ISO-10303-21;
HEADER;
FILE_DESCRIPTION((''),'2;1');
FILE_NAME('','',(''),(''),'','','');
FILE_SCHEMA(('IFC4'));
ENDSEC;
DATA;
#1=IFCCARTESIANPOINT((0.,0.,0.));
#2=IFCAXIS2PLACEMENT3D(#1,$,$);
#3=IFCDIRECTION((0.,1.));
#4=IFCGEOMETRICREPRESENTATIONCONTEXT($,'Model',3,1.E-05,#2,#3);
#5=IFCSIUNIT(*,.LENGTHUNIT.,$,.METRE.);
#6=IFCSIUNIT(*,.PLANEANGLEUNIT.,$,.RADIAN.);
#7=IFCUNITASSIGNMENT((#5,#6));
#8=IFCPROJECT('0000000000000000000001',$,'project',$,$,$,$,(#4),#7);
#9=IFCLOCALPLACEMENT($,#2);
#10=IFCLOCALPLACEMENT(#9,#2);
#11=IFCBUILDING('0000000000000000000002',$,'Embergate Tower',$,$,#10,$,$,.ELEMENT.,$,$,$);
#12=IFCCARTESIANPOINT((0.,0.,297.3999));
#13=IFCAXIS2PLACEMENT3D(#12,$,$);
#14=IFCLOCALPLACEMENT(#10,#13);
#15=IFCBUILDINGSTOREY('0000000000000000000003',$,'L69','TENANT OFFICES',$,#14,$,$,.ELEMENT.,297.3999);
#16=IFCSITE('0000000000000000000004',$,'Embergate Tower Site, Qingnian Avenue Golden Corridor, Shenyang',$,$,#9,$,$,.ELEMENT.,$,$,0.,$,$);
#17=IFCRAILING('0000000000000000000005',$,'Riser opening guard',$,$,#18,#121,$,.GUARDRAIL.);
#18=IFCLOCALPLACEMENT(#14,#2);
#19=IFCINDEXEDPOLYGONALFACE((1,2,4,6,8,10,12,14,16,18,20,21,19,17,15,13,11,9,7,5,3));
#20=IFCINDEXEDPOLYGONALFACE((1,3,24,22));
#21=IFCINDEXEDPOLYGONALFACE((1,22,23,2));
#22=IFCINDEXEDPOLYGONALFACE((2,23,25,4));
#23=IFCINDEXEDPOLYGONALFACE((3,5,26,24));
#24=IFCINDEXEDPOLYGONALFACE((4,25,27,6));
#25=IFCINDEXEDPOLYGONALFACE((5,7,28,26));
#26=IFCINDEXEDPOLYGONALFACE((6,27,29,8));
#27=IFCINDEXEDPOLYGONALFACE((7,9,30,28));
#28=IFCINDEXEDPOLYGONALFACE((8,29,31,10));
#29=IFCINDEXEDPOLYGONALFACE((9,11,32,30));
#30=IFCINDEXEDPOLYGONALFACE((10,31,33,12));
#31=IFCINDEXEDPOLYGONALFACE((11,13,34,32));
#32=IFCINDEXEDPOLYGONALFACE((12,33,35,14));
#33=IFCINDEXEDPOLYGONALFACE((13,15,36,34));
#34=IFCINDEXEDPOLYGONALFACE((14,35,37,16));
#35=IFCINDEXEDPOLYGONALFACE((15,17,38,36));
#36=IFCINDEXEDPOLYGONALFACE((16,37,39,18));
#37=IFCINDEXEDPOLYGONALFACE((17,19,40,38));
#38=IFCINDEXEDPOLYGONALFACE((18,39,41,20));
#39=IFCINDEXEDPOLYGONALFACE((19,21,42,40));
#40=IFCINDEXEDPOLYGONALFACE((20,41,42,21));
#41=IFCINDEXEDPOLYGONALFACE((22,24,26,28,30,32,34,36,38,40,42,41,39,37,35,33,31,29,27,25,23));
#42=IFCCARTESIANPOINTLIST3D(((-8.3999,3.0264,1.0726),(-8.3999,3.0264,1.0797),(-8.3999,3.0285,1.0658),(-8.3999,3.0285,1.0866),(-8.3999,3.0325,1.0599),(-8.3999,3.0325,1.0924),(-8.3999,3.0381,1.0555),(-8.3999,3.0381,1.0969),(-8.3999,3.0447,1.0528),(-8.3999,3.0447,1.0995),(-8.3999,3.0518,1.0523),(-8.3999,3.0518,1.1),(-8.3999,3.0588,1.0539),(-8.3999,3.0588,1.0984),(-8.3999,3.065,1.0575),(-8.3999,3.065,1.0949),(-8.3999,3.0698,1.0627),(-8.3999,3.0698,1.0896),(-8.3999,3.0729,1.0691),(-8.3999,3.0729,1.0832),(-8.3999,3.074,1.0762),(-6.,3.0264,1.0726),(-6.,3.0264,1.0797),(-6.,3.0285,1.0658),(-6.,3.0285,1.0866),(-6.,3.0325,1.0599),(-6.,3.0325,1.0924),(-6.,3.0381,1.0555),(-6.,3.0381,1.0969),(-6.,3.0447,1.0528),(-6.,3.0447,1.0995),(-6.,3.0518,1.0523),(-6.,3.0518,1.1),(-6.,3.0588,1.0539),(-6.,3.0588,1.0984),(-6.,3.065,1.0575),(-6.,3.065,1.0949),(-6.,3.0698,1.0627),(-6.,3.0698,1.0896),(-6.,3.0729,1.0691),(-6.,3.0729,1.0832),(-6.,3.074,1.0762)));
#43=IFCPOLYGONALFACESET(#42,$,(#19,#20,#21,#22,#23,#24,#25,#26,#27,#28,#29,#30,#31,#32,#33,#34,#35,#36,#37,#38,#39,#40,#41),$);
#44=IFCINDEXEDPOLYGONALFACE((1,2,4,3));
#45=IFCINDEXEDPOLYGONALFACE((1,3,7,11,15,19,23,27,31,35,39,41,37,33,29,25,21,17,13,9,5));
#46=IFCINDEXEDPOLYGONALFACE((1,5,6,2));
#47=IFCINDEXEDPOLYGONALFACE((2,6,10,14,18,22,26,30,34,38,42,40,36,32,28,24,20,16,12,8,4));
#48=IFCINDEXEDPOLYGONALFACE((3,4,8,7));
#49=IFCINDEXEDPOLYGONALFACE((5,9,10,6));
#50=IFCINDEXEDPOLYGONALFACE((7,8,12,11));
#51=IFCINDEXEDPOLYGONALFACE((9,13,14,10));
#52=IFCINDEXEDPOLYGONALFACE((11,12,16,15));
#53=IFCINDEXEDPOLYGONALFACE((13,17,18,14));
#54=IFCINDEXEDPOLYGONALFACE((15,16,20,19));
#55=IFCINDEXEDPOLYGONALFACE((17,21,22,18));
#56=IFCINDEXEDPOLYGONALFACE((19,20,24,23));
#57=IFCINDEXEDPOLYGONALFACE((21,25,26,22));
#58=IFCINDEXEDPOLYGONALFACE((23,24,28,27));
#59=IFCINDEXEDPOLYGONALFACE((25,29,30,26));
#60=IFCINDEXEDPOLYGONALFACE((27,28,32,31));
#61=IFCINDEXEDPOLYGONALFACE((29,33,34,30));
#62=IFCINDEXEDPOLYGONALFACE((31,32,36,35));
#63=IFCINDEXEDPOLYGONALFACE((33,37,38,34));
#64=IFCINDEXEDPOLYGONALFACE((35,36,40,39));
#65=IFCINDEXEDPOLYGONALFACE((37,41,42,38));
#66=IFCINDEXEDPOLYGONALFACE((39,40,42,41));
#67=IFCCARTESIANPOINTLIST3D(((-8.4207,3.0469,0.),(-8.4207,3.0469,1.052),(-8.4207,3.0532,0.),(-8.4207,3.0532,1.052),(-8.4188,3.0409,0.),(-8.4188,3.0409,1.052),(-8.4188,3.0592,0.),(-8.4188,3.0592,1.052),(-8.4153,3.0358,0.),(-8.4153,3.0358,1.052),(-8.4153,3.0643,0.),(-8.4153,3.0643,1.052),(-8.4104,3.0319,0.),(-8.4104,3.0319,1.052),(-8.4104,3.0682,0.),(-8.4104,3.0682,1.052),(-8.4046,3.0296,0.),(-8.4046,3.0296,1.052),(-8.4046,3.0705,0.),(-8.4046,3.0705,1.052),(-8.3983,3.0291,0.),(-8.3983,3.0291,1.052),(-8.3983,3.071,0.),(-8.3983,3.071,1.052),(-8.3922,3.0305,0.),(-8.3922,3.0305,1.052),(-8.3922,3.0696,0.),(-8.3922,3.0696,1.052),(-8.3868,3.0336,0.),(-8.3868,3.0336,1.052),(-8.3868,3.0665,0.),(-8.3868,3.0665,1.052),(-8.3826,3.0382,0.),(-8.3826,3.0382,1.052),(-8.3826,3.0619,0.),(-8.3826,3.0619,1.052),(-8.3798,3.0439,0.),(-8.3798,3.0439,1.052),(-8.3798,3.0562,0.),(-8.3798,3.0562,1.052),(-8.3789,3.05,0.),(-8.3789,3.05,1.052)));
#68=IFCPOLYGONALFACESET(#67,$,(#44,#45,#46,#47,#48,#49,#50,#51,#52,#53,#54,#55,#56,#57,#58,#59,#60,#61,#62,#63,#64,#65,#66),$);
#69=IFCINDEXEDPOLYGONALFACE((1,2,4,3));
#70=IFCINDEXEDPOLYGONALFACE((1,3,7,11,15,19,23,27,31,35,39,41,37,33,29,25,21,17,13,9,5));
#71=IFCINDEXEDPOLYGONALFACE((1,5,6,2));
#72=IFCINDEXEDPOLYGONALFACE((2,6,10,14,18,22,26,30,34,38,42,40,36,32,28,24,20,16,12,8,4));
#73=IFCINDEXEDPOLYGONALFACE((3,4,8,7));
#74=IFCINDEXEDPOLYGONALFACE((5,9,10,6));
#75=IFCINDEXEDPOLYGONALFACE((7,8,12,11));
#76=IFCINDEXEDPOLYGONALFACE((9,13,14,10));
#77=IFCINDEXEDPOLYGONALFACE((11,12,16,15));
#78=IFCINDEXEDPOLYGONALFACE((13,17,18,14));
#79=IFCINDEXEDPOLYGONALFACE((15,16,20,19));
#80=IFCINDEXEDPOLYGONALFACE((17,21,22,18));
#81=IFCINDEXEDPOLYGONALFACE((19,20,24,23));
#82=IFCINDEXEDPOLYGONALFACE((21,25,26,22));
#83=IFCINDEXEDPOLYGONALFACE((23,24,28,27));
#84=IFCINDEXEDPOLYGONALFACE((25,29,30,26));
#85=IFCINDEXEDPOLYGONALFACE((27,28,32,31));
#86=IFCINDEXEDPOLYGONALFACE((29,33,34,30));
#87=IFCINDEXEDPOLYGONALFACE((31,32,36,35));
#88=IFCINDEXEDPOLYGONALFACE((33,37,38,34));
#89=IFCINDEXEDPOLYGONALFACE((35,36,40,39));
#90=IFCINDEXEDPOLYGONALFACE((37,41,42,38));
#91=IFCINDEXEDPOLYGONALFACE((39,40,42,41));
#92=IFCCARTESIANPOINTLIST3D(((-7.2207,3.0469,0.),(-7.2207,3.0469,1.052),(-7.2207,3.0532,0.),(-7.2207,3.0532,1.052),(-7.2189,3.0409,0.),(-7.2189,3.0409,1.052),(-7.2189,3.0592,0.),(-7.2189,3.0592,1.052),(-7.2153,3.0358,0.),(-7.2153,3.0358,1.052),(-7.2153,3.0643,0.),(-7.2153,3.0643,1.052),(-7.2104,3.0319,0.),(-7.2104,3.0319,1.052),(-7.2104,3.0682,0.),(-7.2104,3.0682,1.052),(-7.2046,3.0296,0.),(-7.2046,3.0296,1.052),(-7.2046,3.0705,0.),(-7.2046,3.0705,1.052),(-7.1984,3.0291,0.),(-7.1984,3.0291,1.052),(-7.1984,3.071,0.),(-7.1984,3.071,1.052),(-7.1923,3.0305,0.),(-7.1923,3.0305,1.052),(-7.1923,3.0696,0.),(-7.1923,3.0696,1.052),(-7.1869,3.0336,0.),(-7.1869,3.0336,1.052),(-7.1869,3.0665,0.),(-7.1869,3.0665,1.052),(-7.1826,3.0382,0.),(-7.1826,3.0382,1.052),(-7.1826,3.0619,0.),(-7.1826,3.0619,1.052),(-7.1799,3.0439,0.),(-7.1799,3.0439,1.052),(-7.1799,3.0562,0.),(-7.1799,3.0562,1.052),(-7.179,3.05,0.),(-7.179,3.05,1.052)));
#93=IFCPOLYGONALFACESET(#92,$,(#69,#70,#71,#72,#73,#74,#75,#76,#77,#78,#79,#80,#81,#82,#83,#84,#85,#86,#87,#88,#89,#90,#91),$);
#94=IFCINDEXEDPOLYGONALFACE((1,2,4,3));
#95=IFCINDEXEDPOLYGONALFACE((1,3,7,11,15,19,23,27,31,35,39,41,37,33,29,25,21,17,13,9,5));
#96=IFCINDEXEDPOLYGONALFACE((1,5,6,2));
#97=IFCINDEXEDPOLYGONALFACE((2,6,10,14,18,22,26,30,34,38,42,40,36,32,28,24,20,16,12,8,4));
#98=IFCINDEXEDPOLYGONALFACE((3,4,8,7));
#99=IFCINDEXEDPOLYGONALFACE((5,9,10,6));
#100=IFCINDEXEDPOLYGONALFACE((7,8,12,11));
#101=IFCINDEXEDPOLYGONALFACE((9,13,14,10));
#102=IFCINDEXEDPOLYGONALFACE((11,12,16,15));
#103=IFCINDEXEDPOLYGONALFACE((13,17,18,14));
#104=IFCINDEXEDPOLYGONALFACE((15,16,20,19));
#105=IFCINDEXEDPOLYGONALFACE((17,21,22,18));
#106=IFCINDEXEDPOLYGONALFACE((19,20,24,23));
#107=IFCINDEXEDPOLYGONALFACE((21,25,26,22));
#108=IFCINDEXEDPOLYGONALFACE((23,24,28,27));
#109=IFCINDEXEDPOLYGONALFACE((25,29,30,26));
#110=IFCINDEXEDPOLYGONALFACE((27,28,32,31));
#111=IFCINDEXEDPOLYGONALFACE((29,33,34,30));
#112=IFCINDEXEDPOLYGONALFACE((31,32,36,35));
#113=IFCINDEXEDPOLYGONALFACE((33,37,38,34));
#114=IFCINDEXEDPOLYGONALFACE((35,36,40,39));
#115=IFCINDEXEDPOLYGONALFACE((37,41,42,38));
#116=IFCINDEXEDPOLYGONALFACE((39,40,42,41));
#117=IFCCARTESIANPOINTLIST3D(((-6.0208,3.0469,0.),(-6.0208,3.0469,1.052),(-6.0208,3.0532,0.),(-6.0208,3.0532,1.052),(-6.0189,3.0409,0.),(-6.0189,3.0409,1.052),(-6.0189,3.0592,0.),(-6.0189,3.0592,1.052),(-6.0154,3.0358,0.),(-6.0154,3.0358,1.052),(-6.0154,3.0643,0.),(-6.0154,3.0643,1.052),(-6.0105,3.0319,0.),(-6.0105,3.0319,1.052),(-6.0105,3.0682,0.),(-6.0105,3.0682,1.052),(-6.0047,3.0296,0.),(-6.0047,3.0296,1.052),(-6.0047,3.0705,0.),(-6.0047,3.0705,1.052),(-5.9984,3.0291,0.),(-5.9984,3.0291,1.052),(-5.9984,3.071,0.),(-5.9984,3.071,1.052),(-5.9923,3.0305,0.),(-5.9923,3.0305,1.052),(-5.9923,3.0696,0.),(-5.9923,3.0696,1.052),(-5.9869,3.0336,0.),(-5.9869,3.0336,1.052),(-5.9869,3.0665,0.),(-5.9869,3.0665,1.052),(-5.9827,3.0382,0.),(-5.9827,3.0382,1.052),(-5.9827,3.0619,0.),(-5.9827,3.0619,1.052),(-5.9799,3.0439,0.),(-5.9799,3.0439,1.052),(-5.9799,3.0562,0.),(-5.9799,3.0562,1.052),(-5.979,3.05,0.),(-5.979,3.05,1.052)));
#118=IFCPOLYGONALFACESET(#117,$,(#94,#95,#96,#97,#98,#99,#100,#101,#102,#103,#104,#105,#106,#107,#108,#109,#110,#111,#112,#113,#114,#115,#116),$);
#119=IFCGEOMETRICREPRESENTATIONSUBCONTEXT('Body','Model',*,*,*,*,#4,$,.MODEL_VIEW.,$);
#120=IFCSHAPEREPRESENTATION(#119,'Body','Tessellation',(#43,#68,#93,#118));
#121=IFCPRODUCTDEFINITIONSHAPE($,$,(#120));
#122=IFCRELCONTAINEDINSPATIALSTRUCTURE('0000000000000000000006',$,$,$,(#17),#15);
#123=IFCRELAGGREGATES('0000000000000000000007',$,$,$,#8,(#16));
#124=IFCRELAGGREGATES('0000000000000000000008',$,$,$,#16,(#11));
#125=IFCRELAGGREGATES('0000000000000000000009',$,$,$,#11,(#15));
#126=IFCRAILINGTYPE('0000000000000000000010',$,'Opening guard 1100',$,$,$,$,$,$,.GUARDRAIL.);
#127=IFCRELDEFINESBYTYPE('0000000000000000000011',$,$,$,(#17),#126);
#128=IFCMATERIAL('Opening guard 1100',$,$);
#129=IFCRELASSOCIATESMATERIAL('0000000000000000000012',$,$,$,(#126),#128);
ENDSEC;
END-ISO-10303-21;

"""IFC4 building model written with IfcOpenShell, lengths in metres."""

from ifc_helpers import new_model, si_unit, direction, frame, origin, origin_2d, place, context, subcontext, project, spatial, circle, extrude, source, transform, mapped, material, type_object, element, save


model = new_model("IFC4")

# Units and contexts
model_context = context("Model", 3, precision=1e-05, world=origin(), true_north=direction((0.0, 1.0)))
body_context = subcontext(model_context, "Body", "Model", "MODEL_VIEW")
ifc_project = project(units=[si_unit("LENGTHUNIT", "METRE"), si_unit("PLANEANGLEUNIT", "RADIAN")], contexts=[model_context])

# Site, building, storey
site_placement = place(None, origin())
site = spatial("IfcSite", under=ifc_project, at=site_placement, Name="Embergate Tower Site, Qingnian Avenue Golden Corridor, Shenyang", CompositionType="ELEMENT", RefElevation=0.0)
building_placement = place(site_placement, origin())
building = spatial("IfcBuilding", under=site, at=building_placement, Name="Embergate Tower", CompositionType="ELEMENT")
storey_placement = place(building_placement, frame((0.0, 0.0, 297.3999)))
storey = spatial("IfcBuildingStorey", under=building, at=storey_placement, Name="L69", Description="TENANT OFFICES", CompositionType="ELEMENT", Elevation=297.3999)

# Railing
ifc_material_1 = material(Name="Opening guard 1100")
railing_type = type_object("IfcRailingType", Name="Opening guard 1100", PredefinedType="GUARDRAIL", material=ifc_material_1)
shared_shape_1 = source(origin(), body_context, "Body", "SweptSolid", [
    extrude(circle(Radius=0.0239, at=origin_2d()), frame((0.0, 0.0, 1.0762), z_axis=(1.0, 0.0, 0.0), x_axis=(0.0, 1.0, 0.0)), (0.0, 0.0, 1.0), 2.3999),
    extrude(circle(Radius=0.021, at=origin_2d()), origin(), (0.0, 0.0, 1.0), 1.052),
    extrude(circle(Radius=0.021, at=origin_2d()), frame((1.2, 0.0, 0.0)), (0.0, 0.0, 1.0), 1.052),
    extrude(circle(Radius=0.021, at=origin_2d()), frame((2.3999, 0.0, 0.0)), (0.0, 0.0, 1.0), 1.052),
])
railing_1_placement = place(storey_placement, frame((-8.3999, 3.05, 0.0)))
element("IfcRailing", 1, at=railing_1_placement, inside=storey, type_object=railing_type, Name="Riser opening guard", PredefinedType="GUARDRAIL", context=body_context, shape_type="MappedRepresentation", body=[
    mapped(shared_shape_1, transform((0.0, 0.0, 0.0))),
])

save(model, "model.ifc")
